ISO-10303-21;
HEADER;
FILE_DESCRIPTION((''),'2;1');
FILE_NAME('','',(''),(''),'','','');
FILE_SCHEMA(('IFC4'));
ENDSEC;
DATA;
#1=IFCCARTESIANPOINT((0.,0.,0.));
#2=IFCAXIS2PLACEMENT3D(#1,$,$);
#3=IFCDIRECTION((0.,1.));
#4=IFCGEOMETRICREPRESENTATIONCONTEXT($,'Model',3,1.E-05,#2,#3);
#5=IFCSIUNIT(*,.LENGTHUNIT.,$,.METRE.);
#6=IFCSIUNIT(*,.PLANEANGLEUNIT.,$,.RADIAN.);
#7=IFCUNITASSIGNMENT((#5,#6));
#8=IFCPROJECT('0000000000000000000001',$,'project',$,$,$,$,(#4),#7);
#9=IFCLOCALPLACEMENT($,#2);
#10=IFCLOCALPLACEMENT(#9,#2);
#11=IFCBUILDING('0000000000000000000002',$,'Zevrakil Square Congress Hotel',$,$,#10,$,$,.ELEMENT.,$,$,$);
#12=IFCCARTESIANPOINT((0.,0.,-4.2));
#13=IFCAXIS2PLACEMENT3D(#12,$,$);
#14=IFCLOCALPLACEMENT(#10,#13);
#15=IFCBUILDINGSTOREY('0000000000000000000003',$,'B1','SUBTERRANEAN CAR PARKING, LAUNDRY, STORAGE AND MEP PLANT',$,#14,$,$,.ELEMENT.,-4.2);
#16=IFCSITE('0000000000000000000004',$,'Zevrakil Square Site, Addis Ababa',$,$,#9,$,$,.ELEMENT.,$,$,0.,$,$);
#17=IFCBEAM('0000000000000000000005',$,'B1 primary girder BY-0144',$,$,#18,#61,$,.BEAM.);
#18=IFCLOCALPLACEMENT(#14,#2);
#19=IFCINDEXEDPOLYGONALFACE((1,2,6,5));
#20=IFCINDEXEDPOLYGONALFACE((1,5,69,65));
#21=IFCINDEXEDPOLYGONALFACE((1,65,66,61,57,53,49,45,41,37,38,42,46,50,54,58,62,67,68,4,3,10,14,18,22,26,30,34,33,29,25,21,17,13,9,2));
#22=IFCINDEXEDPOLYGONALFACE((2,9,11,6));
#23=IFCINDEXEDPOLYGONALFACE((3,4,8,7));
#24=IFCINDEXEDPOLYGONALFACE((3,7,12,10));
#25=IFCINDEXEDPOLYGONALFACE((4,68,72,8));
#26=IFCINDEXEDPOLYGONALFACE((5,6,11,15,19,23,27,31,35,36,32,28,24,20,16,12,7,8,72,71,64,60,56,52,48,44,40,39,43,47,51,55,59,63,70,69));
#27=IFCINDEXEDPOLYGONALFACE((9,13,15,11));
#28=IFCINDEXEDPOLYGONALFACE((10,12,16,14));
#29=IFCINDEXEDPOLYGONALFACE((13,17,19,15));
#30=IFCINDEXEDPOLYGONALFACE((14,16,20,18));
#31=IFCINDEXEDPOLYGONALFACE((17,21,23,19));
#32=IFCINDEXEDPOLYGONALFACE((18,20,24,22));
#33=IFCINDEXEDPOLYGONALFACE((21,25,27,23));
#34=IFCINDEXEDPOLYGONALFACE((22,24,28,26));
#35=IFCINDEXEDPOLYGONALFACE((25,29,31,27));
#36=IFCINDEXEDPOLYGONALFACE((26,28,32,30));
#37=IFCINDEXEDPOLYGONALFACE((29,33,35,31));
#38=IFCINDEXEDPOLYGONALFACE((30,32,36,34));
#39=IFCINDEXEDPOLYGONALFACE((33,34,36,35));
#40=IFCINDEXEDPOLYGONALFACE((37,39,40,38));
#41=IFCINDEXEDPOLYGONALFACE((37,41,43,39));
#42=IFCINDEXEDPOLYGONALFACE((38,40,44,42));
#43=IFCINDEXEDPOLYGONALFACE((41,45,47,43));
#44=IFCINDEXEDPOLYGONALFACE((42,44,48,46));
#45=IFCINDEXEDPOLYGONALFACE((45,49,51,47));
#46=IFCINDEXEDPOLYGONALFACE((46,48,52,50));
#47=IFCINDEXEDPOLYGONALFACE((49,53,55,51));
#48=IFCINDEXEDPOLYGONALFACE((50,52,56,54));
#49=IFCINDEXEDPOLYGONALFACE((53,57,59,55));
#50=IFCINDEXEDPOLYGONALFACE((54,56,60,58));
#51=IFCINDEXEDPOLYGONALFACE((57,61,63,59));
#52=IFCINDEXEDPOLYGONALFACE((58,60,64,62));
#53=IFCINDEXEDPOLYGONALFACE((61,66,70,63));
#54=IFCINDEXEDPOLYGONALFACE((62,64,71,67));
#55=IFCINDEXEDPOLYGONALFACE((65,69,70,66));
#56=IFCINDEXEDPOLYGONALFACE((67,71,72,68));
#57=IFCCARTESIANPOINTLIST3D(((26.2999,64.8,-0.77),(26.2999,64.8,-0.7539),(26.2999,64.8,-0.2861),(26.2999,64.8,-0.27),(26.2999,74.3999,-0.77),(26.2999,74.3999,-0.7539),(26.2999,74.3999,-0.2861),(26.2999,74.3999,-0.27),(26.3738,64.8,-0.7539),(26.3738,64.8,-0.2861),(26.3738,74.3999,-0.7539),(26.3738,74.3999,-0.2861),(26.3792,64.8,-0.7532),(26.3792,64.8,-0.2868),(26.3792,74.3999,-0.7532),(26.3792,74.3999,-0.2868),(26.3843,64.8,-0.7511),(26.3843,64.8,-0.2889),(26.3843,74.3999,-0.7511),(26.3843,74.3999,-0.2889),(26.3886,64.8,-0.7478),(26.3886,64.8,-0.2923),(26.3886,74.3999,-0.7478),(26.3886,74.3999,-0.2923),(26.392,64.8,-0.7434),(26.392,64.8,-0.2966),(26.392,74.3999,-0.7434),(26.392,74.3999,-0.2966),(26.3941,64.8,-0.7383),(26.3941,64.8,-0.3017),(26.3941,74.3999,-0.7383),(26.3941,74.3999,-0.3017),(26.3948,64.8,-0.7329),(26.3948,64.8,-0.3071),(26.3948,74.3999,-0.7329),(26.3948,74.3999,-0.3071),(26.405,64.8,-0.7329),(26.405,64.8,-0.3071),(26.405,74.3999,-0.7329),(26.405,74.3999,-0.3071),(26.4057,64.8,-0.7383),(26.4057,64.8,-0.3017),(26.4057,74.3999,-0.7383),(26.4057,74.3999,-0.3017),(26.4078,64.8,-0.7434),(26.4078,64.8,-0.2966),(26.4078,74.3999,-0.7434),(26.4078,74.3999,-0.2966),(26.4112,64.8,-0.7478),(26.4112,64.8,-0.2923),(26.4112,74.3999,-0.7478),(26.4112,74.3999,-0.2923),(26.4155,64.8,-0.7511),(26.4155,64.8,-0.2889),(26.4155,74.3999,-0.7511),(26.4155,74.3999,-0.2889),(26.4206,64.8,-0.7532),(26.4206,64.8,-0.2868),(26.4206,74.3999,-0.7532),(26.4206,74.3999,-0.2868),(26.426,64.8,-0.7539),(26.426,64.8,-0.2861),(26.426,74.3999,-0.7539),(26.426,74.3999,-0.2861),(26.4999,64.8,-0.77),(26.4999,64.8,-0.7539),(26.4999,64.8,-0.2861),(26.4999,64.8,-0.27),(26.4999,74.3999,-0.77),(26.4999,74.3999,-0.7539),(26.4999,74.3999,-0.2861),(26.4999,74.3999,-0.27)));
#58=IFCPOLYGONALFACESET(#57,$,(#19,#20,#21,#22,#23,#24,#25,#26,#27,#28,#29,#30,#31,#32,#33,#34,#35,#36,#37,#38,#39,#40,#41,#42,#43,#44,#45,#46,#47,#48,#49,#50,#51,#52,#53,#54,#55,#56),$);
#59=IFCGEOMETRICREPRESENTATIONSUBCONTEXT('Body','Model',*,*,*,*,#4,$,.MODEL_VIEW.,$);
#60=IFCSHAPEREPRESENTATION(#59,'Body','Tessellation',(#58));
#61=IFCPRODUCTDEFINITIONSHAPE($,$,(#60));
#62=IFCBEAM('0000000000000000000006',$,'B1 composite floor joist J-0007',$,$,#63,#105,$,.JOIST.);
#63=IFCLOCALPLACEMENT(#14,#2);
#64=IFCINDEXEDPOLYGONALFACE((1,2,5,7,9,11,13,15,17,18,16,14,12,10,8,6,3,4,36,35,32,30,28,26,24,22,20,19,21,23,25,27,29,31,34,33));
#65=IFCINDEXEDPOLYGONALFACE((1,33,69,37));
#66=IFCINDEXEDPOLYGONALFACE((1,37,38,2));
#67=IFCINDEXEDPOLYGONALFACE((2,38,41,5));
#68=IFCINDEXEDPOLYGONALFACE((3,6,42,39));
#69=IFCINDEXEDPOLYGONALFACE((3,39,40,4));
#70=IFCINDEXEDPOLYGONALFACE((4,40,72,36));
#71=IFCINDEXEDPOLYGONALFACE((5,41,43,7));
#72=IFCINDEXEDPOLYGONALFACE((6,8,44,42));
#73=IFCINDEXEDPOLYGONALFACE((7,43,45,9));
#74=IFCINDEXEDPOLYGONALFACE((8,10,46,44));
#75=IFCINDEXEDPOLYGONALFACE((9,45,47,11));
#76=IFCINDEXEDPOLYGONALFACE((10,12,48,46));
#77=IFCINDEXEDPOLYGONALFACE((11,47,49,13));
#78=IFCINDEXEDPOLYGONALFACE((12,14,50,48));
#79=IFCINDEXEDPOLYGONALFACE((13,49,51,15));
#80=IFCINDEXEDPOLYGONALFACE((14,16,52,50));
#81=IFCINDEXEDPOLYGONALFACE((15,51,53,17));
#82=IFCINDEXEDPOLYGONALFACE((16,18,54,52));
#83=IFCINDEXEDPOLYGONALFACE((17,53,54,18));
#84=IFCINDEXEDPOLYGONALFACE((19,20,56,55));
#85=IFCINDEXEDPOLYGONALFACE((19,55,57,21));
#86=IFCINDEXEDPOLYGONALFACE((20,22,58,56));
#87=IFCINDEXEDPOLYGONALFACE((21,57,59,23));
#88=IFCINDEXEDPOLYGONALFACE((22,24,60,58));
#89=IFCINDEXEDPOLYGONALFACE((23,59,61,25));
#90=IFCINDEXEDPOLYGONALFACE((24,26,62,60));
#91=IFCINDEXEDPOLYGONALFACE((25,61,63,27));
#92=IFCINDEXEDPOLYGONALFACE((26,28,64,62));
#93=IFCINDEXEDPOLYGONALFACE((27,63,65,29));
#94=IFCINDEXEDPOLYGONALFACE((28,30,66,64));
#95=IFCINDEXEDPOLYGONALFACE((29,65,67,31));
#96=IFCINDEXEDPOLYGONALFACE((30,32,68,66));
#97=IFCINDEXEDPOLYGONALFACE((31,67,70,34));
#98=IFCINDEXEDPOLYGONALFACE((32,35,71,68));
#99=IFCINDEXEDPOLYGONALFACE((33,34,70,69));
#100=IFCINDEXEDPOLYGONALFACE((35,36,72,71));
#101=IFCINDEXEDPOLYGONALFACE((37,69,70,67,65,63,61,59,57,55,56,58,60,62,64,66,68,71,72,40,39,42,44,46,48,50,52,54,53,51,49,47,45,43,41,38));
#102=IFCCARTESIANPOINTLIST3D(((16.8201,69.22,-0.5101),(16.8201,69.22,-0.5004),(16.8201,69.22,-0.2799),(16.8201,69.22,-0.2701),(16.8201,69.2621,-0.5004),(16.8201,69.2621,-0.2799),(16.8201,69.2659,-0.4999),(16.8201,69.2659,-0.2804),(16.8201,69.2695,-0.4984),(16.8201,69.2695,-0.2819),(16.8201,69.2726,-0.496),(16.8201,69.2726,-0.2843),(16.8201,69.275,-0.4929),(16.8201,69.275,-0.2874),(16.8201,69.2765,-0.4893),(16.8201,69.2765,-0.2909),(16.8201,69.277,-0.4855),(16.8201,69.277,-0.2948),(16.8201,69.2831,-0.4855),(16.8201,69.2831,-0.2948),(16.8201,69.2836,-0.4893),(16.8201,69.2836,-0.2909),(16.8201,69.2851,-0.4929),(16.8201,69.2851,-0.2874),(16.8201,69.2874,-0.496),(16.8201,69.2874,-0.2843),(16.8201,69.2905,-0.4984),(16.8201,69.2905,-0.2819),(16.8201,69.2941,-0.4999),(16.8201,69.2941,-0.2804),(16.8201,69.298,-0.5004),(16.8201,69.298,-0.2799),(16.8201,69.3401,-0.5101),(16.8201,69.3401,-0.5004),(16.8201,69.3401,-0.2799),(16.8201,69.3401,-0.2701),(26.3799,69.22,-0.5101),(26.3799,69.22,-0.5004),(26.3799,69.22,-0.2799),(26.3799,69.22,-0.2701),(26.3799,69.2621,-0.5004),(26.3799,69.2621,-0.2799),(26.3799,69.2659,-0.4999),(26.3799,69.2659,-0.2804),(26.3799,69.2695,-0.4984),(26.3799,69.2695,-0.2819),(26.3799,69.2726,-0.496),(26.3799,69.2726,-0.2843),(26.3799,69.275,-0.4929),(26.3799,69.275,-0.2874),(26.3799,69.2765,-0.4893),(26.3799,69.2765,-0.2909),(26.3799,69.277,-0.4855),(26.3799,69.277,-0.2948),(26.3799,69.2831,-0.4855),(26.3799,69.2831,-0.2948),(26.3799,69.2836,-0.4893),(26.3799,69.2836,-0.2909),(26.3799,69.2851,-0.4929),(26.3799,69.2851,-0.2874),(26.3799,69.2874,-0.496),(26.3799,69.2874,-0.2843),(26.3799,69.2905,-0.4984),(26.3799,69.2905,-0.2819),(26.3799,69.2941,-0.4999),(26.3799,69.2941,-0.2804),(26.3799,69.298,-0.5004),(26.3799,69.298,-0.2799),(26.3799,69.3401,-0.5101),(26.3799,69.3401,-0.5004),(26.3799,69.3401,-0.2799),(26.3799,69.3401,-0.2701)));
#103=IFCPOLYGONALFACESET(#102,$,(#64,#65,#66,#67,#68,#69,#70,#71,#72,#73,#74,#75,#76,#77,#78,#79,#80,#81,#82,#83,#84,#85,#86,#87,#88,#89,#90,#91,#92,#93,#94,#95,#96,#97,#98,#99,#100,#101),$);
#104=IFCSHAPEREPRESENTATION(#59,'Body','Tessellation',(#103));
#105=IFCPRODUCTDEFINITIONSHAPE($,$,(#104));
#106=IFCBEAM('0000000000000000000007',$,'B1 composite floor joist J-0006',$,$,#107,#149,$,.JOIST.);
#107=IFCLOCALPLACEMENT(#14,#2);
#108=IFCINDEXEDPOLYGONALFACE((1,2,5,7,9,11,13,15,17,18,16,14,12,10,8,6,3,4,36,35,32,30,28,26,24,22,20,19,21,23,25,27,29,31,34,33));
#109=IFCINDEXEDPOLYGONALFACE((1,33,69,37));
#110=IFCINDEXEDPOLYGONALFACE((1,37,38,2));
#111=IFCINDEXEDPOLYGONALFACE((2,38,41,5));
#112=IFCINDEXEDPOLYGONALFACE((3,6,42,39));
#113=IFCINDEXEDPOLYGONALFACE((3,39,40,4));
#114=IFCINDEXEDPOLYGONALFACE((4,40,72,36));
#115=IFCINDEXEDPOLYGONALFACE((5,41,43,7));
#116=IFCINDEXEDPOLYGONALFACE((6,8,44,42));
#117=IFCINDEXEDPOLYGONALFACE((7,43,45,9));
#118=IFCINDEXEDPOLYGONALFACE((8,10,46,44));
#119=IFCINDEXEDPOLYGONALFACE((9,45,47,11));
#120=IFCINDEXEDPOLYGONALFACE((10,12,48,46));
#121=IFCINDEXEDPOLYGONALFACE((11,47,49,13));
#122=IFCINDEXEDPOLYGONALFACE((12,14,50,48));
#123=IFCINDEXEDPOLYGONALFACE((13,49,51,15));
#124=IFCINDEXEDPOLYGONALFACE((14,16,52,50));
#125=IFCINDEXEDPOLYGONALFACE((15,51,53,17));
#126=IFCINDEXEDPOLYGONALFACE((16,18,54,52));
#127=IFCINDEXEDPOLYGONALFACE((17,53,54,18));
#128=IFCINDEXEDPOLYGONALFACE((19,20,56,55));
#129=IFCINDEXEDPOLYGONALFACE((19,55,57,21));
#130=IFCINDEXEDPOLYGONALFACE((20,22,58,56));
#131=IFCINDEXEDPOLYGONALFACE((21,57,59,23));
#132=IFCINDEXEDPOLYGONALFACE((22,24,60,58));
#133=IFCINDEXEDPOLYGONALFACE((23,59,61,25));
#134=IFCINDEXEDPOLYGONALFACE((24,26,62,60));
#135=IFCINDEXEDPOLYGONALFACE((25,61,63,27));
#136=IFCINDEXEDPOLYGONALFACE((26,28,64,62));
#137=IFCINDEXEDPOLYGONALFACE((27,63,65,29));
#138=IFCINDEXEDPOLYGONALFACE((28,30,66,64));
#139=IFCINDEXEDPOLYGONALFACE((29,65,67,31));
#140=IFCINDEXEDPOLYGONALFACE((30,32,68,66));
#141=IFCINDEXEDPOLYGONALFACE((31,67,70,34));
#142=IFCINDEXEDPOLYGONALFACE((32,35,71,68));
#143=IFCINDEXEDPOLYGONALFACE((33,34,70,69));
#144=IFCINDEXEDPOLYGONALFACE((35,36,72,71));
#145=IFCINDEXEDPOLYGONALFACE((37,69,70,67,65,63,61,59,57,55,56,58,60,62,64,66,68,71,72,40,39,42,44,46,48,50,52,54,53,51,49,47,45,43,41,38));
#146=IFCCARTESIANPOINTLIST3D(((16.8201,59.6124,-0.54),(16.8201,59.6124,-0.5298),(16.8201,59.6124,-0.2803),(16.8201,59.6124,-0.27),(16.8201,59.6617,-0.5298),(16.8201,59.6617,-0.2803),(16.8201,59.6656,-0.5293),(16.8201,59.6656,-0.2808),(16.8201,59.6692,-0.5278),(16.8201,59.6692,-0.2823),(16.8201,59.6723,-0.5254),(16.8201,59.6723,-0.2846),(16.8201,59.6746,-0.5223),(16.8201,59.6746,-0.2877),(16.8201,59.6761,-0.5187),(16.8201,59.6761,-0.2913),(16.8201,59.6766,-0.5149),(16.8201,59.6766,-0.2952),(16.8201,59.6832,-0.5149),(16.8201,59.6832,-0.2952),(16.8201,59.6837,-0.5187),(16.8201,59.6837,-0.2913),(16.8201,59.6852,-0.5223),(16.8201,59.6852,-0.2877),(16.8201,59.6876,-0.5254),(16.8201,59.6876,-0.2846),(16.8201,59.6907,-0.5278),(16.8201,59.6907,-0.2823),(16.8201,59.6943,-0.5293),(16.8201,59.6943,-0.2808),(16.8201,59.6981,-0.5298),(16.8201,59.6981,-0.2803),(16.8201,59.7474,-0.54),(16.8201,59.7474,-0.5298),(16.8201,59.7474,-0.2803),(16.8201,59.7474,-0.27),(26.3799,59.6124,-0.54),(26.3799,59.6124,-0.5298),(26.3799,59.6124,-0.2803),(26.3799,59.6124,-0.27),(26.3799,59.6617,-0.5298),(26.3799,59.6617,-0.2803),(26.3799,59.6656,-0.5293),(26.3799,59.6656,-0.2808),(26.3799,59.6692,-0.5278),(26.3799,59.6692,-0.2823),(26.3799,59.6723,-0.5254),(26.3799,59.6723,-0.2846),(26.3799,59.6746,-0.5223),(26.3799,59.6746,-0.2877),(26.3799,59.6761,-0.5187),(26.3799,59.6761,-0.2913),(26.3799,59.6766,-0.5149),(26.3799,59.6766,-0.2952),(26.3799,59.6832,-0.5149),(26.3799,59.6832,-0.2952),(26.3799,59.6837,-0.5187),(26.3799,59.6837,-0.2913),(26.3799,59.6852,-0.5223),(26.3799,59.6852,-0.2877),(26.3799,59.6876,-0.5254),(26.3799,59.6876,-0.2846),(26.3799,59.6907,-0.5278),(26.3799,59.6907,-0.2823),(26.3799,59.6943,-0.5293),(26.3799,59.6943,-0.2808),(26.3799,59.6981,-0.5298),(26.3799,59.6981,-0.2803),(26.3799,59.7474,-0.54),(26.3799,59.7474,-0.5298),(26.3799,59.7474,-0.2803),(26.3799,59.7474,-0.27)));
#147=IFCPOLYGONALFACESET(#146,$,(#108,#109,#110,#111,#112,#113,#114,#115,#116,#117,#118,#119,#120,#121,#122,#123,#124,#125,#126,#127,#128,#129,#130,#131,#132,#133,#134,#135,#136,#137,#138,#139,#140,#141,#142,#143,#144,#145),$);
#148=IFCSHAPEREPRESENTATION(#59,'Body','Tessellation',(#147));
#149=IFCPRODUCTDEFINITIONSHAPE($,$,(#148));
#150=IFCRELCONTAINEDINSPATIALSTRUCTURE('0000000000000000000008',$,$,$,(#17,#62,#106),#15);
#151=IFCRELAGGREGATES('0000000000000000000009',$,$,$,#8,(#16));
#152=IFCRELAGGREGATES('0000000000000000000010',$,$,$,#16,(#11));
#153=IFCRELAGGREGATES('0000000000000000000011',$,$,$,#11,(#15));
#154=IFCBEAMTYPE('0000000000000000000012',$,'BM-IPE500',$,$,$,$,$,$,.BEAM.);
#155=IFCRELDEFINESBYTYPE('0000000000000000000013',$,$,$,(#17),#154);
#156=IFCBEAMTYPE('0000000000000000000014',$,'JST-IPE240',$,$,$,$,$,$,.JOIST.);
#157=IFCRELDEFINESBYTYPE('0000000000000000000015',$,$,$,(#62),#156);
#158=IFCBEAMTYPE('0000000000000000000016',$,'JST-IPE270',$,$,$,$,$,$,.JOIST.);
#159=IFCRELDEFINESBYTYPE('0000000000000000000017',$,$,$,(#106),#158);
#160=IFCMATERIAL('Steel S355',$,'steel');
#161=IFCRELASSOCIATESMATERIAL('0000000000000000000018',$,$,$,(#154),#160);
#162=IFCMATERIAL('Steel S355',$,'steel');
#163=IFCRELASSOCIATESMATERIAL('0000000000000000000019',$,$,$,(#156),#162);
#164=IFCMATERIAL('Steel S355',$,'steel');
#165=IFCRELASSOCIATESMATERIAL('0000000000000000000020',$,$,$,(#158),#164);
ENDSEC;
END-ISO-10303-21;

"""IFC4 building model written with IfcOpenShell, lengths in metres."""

from ifc_helpers import new_model, si_unit, direction, frame, origin, origin_2d, place, context, subcontext, project, spatial, i_section, extrude, material, material_profile, profile_set, type_object, element, save


model = new_model("IFC4")

# Units and contexts
model_context = context("Model", 3, precision=1e-05, world=origin(), true_north=direction((0.0, 1.0)))
body_context = subcontext(model_context, "Body", "Model", "MODEL_VIEW")
ifc_project = project(units=[si_unit("LENGTHUNIT", "METRE"), si_unit("PLANEANGLEUNIT", "RADIAN")], contexts=[model_context])

# Site, building, storey
site_placement = place(None, origin())
site = spatial("IfcSite", under=ifc_project, at=site_placement, Name="Zevrakil Square Site, Addis Ababa", CompositionType="ELEMENT", RefElevation=0.0)
building_placement = place(site_placement, origin())
building = spatial("IfcBuilding", under=site, at=building_placement, Name="Zevrakil Square Congress Hotel", CompositionType="ELEMENT")
storey_placement = place(building_placement, frame((0.0, 0.0, -4.2)))
storey = spatial("IfcBuildingStorey", under=building, at=storey_placement, Name="B1", Description="SUBTERRANEAN CAR PARKING, LAUNDRY, STORAGE AND MEP PLANT", CompositionType="ELEMENT", Elevation=-4.2)

# Beams
ifc_material_1 = material(Name="Steel S355", Category="steel")
ifc_material_profile_1 = material_profile(ifc_material_1, i_section(OverallWidth=0.2, OverallDepth=0.5, WebThickness=0.0103, FlangeThickness=0.0161, FilletRadius=0.021, at=origin_2d()), Name="IPE 500")
ifc_profile_set_1 = profile_set([ifc_material_profile_1], Name="Steel S355")
beam_type_1 = type_object("IfcBeamType", Name="BM-IPE500", PredefinedType="BEAM", material=ifc_profile_set_1)
beam_1_placement = place(storey_placement, frame((26.3999, 64.8, -0.52), z_axis=(0.0, 1.0, 0.0), x_axis=(-1.0, 0.0, 0.0)))
element("IfcBeam", 1, at=beam_1_placement, inside=storey, type_object=beam_type_1, Name="B1 primary girder BY-0144", PredefinedType="BEAM", context=body_context, shape_type="SweptSolid", body=[
    extrude(i_section(OverallWidth=0.2, OverallDepth=0.5, WebThickness=0.0103, FlangeThickness=0.0161, FilletRadius=0.021, at=origin_2d()), origin(), (0.0, 0.0, 1.0), 9.5999),
])
ifc_material_2 = material(Name="Steel S355", Category="steel")
ifc_material_profile_2 = material_profile(ifc_material_2, i_section(OverallWidth=0.1201, OverallDepth=0.24, WebThickness=0.0061, FlangeThickness=0.0098, FilletRadius=0.0149, at=origin_2d()), Name="IPE 240")
ifc_profile_set_2 = profile_set([ifc_material_profile_2], Name="Steel S355")
beam_type_2 = type_object("IfcBeamType", Name="JST-IPE240", PredefinedType="JOIST", material=ifc_profile_set_2)
beam_2_placement = place(storey_placement, frame((16.8201, 69.28, -0.3901), z_axis=(1.0, 0.0, 0.0), x_axis=(0.0, 1.0, 0.0)))
element("IfcBeam", 2, at=beam_2_placement, inside=storey, type_object=beam_type_2, Name="B1 composite floor joist J-0007", PredefinedType="JOIST", context=body_context, shape_type="SweptSolid", body=[
    extrude(i_section(OverallWidth=0.1201, OverallDepth=0.24, WebThickness=0.0061, FlangeThickness=0.0098, FilletRadius=0.0149, at=origin_2d()), origin(), (0.0, 0.0, 1.0), 9.5598),
])
ifc_material_3 = material(Name="Steel S355", Category="steel")
ifc_material_profile_3 = material_profile(ifc_material_3, i_section(OverallWidth=0.135, OverallDepth=0.27, WebThickness=0.0066, FlangeThickness=0.0103, FilletRadius=0.0149, at=origin_2d()), Name="IPE 270")
ifc_profile_set_3 = profile_set([ifc_material_profile_3], Name="Steel S355")
beam_type_3 = type_object("IfcBeamType", Name="JST-IPE270", PredefinedType="JOIST", material=ifc_profile_set_3)
beam_3_placement = place(storey_placement, frame((16.8201, 59.6799, -0.405), z_axis=(1.0, 0.0, 0.0), x_axis=(0.0, 1.0, 0.0)))
element("IfcBeam", 3, at=beam_3_placement, inside=storey, type_object=beam_type_3, Name="B1 composite floor joist J-0006", PredefinedType="JOIST", context=body_context, shape_type="SweptSolid", body=[
    extrude(i_section(OverallWidth=0.135, OverallDepth=0.27, WebThickness=0.0066, FlangeThickness=0.0103, FilletRadius=0.0149, at=origin_2d()), origin(), (0.0, 0.0, 1.0), 9.5598),
])

save(model, "model.ifc")
